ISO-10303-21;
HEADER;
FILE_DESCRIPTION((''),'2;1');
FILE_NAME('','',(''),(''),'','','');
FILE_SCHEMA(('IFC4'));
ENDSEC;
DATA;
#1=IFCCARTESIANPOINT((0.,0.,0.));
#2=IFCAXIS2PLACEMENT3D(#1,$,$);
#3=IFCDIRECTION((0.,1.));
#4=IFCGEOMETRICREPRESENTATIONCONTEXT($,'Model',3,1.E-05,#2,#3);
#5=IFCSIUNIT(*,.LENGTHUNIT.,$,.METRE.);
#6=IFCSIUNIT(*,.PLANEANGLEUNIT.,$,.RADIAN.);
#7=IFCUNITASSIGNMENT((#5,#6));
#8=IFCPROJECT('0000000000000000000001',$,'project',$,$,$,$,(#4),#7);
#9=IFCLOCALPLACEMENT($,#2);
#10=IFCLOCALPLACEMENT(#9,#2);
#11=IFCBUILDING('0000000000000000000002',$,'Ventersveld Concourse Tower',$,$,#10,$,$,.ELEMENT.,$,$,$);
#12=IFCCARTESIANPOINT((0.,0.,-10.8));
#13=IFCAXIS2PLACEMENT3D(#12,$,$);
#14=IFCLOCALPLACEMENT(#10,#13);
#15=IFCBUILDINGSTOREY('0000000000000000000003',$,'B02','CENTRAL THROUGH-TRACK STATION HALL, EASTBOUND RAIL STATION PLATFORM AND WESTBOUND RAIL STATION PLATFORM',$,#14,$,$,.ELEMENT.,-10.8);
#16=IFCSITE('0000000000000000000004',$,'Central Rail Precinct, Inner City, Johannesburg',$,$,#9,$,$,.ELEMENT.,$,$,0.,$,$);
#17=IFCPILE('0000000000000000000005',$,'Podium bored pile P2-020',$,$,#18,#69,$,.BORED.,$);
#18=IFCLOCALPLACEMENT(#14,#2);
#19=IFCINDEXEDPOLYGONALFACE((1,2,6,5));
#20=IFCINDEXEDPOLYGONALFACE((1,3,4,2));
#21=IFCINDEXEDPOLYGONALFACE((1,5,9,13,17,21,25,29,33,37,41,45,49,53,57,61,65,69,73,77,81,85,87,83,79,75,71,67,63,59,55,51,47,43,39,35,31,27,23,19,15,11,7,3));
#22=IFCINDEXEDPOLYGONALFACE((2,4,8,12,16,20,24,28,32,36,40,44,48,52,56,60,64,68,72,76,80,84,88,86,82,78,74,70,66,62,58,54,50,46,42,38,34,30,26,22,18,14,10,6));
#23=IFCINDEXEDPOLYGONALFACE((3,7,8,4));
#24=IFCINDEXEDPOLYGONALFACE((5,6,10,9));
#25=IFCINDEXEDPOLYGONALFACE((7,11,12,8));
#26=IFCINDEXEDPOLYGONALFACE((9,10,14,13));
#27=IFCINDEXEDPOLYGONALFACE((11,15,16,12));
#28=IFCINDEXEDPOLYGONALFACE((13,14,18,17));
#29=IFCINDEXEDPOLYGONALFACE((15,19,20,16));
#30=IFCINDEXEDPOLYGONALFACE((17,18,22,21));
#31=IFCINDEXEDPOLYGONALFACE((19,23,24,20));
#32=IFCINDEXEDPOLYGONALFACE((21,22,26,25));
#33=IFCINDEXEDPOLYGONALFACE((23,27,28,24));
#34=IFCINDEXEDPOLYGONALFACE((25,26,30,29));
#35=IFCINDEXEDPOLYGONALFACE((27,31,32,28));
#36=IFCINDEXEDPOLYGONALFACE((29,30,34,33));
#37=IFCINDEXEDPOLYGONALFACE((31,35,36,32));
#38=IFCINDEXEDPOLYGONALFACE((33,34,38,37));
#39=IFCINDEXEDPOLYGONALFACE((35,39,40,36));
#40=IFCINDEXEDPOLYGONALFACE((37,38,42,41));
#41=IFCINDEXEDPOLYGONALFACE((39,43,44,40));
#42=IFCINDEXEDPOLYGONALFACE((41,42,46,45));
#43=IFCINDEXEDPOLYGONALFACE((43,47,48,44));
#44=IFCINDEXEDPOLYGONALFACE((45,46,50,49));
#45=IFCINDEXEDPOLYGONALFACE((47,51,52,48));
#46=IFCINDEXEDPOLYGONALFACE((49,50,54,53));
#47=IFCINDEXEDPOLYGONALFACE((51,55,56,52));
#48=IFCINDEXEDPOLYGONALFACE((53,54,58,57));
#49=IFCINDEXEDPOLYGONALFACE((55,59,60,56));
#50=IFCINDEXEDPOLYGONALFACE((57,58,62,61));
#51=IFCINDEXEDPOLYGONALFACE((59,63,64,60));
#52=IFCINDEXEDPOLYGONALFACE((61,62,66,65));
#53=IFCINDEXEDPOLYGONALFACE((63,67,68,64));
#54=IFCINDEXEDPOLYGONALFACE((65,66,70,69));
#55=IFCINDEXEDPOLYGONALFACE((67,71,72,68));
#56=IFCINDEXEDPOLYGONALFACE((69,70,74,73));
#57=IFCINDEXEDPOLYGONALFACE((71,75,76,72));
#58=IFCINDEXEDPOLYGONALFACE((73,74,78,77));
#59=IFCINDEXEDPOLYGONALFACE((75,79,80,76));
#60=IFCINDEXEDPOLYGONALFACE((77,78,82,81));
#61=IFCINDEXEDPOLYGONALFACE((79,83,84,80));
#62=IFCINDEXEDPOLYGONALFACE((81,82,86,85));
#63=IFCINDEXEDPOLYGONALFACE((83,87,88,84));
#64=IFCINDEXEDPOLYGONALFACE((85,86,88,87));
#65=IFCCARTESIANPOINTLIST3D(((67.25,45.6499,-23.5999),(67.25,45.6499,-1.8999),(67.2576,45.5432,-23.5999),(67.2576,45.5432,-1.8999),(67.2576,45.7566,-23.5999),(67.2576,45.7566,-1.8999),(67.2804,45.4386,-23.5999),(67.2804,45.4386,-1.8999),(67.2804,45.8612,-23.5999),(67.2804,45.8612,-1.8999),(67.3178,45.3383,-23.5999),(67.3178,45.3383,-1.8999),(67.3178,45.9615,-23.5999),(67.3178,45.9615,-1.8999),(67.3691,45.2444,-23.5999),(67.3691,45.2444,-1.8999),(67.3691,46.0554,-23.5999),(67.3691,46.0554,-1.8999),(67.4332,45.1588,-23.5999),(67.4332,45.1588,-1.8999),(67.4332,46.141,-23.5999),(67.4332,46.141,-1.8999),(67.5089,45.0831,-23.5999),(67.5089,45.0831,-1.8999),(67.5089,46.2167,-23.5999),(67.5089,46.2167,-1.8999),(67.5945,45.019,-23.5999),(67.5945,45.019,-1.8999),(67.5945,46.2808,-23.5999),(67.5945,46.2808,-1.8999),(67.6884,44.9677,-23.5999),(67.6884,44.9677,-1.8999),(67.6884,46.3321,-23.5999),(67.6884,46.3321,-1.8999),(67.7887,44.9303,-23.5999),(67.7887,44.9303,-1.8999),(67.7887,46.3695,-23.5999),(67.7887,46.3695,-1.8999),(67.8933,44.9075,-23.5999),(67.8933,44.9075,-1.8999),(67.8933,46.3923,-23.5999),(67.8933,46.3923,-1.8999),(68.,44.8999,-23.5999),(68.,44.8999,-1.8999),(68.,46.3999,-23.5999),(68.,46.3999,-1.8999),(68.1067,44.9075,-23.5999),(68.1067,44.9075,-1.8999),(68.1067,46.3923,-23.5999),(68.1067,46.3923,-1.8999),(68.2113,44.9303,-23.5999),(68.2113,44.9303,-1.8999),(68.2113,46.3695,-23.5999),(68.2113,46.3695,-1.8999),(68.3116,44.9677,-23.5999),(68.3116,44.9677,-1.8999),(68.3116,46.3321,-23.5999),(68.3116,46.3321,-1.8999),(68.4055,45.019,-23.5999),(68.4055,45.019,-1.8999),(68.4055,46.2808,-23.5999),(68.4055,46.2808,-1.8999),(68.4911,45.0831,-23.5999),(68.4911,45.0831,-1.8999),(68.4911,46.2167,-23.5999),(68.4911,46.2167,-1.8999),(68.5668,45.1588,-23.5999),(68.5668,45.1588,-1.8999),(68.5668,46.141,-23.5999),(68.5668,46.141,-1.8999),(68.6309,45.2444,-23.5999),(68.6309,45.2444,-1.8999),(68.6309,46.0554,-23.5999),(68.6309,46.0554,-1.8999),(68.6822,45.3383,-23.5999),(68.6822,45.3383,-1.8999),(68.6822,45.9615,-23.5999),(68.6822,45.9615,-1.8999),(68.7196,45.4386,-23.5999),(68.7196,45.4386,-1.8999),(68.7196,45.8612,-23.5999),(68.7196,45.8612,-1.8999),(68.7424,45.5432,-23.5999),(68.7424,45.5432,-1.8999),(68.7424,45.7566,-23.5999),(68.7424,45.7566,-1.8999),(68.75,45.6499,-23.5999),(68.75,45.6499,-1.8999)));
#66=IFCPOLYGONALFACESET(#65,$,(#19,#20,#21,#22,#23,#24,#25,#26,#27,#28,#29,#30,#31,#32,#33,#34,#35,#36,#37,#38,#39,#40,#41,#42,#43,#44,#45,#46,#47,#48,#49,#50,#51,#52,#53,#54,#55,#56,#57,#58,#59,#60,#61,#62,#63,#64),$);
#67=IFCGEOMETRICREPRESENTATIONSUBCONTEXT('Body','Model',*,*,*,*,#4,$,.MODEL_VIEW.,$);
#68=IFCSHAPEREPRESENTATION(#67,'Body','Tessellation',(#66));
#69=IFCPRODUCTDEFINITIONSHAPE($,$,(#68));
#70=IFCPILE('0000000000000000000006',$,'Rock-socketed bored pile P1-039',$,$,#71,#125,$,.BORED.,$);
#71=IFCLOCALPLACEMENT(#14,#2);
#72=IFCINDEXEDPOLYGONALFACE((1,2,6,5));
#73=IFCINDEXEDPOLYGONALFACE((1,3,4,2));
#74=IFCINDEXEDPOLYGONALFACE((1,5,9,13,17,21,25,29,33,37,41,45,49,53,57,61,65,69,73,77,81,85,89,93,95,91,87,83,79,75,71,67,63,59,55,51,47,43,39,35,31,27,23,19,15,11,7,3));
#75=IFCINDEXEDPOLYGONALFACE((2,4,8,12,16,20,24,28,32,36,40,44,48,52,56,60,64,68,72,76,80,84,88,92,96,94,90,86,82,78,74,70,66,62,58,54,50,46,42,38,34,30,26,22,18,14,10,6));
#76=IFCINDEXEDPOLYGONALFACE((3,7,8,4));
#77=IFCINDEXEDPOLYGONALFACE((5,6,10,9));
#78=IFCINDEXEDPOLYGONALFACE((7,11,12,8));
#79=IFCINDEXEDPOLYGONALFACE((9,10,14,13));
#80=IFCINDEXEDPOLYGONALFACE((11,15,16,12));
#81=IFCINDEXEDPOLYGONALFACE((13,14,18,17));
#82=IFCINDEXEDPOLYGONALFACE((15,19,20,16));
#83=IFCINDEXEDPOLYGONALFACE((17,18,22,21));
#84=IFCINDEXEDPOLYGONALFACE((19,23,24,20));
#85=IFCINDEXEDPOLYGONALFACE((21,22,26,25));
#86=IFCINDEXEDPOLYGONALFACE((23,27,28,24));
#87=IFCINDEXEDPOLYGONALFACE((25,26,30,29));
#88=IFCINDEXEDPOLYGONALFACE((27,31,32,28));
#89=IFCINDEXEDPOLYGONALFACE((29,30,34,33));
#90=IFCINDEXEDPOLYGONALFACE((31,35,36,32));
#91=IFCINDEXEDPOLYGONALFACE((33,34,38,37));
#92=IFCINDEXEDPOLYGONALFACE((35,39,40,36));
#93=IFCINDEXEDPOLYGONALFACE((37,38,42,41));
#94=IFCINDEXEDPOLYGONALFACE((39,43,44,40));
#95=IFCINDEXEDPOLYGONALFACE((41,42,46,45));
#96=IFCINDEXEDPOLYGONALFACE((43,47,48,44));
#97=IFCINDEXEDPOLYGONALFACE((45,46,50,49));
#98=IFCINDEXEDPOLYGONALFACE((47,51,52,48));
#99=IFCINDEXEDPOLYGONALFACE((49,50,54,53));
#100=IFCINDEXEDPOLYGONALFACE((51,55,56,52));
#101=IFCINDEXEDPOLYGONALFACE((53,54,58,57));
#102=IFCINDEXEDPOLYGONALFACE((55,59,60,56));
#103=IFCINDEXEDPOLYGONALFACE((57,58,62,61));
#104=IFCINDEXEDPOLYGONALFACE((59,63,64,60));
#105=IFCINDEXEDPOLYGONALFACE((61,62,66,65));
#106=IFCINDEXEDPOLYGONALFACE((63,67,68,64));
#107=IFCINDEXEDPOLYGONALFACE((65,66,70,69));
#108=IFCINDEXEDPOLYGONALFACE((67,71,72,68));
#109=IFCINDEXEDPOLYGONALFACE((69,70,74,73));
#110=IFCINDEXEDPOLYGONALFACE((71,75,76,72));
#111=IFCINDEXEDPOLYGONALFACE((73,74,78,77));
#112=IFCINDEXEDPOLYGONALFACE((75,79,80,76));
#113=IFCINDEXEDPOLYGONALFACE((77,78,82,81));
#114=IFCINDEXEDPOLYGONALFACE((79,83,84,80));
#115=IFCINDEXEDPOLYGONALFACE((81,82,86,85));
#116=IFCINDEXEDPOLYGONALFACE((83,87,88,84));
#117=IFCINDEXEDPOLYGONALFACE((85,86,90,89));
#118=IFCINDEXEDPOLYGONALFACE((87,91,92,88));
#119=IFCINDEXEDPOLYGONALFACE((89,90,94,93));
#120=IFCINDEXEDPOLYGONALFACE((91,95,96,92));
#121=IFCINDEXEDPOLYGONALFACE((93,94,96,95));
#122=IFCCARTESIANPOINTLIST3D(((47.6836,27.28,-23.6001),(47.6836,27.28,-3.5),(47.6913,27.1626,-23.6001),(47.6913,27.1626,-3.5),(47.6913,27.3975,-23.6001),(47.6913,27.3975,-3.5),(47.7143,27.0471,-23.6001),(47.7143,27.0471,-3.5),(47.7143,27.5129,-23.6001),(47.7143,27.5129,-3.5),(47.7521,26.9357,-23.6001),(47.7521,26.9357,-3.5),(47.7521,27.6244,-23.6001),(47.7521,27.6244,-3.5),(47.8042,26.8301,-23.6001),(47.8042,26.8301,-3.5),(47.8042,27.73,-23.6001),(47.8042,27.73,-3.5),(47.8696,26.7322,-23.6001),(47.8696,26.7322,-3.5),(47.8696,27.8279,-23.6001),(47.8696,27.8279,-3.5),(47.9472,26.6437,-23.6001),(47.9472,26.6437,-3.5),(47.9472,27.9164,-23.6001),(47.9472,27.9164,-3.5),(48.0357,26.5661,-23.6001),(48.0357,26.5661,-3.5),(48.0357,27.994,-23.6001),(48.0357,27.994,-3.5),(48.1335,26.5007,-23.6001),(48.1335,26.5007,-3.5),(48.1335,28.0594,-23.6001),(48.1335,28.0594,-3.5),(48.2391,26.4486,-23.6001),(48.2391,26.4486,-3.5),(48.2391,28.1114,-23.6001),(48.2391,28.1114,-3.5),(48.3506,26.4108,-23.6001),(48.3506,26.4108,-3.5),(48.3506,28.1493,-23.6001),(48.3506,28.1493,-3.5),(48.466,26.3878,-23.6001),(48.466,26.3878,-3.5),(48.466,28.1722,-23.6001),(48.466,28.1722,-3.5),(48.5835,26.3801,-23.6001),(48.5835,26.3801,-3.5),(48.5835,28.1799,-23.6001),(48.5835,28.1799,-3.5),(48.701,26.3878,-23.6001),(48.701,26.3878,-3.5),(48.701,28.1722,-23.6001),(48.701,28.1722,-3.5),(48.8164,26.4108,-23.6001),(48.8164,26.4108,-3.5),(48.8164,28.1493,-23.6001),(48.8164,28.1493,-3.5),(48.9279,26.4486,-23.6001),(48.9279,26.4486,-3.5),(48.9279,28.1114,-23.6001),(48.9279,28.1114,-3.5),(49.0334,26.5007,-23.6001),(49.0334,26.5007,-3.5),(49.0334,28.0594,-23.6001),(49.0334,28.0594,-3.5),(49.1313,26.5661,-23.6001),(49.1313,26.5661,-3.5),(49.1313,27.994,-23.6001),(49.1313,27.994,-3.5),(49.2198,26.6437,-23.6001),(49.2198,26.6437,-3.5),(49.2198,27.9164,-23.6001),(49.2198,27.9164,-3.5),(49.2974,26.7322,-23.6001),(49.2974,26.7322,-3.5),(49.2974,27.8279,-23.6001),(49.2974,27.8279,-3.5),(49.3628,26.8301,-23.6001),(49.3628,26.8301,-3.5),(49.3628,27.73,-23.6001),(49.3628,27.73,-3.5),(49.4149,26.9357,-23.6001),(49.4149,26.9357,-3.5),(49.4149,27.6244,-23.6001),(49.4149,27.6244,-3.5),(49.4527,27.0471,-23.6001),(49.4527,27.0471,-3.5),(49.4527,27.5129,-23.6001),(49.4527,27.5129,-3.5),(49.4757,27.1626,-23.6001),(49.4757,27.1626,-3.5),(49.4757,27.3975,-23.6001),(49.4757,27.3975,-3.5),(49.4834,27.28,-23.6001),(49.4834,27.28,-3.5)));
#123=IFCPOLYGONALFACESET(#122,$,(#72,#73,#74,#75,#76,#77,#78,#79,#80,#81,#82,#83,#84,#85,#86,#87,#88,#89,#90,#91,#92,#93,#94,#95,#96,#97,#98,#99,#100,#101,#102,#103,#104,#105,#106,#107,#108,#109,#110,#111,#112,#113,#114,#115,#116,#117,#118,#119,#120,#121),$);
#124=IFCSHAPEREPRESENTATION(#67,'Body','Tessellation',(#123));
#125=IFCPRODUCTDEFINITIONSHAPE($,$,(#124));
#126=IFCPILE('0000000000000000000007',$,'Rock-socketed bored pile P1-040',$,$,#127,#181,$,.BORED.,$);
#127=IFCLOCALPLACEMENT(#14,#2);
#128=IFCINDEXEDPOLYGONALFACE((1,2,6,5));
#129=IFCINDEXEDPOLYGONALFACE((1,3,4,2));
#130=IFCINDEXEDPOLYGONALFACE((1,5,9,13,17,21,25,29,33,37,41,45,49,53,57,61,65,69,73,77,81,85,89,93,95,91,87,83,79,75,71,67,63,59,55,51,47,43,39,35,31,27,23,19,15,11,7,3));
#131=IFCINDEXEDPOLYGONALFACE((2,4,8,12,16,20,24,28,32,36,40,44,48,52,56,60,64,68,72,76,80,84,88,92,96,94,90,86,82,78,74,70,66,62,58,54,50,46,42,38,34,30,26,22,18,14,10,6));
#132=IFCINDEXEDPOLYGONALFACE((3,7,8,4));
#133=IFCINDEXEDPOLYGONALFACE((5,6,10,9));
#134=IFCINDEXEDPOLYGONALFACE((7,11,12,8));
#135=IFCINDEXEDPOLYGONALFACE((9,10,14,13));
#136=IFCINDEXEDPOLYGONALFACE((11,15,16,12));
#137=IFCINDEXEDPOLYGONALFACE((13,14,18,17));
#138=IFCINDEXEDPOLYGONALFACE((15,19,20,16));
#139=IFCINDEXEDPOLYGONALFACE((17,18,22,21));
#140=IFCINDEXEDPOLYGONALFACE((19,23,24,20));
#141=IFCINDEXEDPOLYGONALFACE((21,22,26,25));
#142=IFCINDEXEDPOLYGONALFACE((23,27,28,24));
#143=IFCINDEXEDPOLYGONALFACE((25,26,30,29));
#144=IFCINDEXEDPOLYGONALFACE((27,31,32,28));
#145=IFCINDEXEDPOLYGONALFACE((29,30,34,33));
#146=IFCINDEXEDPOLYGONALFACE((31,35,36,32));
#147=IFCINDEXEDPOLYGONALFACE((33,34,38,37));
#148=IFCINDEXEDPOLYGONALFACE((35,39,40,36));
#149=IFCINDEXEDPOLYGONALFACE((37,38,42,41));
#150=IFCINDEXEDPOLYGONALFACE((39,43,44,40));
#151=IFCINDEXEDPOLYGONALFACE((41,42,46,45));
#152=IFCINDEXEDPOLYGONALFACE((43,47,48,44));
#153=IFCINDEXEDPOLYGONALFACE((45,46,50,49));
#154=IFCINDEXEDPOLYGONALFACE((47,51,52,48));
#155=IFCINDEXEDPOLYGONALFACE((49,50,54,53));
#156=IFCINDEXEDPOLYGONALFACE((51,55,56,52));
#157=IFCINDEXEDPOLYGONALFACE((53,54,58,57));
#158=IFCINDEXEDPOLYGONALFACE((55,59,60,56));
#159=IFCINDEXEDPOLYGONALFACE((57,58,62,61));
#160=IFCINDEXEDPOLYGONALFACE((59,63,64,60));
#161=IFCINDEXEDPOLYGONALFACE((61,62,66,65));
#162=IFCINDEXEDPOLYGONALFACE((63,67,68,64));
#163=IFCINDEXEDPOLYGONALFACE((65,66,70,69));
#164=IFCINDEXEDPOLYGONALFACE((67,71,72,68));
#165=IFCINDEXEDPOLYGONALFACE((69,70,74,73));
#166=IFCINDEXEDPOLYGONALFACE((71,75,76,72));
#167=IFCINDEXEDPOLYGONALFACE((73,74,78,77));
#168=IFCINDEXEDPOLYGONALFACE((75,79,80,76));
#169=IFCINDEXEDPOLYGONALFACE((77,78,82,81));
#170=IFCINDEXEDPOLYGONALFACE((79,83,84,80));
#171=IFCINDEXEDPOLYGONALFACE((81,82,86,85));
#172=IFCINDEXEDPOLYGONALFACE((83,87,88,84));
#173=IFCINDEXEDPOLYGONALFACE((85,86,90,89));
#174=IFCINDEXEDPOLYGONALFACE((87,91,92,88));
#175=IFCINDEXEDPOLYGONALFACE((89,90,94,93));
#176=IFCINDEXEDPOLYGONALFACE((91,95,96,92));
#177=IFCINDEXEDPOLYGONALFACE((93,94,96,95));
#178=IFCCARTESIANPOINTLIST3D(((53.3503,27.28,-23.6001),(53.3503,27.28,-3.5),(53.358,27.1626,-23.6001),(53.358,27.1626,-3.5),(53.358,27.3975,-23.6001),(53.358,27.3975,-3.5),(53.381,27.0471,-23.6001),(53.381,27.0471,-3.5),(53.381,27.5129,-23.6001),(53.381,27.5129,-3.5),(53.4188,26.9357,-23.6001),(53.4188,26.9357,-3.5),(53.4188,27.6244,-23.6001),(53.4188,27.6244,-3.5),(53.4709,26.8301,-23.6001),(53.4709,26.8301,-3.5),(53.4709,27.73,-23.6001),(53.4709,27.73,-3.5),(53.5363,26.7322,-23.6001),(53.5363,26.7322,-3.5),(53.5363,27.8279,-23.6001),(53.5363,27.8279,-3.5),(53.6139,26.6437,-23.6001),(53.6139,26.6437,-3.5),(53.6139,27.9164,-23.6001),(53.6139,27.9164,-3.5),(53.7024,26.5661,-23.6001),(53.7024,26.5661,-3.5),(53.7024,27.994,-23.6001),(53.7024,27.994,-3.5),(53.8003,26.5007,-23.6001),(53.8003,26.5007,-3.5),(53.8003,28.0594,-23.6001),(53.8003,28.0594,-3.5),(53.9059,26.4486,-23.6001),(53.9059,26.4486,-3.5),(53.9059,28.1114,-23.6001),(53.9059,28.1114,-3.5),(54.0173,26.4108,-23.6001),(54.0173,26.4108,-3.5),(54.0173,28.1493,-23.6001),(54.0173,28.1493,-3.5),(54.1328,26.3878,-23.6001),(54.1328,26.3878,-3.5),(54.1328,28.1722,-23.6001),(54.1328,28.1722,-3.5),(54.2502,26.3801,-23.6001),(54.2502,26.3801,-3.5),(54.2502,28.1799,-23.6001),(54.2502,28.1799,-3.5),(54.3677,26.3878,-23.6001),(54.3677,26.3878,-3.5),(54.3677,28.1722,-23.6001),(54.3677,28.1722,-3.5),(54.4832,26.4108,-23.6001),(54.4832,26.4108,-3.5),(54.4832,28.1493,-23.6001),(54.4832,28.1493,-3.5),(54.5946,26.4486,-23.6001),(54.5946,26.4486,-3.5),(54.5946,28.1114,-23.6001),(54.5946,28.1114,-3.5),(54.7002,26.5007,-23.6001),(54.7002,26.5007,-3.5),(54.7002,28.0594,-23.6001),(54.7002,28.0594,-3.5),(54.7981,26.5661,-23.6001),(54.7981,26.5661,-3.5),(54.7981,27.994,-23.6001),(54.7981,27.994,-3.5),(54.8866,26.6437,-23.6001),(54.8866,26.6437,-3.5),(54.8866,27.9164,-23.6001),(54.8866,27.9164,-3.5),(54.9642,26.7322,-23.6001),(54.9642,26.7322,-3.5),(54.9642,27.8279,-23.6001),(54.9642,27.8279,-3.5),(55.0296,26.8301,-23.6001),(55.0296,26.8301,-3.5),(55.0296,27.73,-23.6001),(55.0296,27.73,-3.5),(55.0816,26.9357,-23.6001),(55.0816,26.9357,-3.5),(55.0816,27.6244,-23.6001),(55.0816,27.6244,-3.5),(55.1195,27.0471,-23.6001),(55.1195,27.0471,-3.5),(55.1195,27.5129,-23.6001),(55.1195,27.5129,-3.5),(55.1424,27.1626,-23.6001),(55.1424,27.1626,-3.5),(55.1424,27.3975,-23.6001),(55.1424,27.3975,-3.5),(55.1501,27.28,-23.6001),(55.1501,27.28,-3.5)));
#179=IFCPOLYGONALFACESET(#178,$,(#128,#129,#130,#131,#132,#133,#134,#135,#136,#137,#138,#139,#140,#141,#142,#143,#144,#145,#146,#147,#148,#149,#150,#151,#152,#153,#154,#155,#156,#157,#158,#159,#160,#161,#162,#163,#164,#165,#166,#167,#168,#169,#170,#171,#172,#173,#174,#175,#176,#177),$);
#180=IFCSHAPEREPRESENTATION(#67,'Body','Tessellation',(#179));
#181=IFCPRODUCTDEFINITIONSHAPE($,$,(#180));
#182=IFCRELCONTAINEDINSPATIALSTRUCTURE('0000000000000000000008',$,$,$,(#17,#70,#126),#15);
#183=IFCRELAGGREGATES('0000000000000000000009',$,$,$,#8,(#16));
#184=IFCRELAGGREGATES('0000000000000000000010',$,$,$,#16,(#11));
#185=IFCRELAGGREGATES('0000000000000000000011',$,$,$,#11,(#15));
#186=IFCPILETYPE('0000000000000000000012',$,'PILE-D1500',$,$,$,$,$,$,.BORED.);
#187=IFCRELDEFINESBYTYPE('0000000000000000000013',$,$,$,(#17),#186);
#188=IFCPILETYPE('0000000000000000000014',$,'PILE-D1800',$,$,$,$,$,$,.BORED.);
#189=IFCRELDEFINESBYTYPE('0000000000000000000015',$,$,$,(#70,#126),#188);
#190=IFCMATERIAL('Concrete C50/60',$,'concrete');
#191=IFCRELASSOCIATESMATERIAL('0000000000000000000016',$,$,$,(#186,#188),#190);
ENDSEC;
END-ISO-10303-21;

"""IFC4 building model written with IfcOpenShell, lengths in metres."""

from ifc_helpers import new_model, si_unit, direction, frame, origin, origin_2d, place, context, subcontext, project, spatial, circle, extrude, material, material_profile, profile_set, type_object, element, save


model = new_model("IFC4")

# Units and contexts
model_context = context("Model", 3, precision=1e-05, world=origin(), true_north=direction((0.0, 1.0)))
body_context = subcontext(model_context, "Body", "Model", "MODEL_VIEW")
ifc_project = project(units=[si_unit("LENGTHUNIT", "METRE"), si_unit("PLANEANGLEUNIT", "RADIAN")], contexts=[model_context])

# Site, building, storey
site_placement = place(None, origin())
site = spatial("IfcSite", under=ifc_project, at=site_placement, Name="Central Rail Precinct, Inner City, Johannesburg", CompositionType="ELEMENT", RefElevation=0.0)
building_placement = place(site_placement, origin())
building = spatial("IfcBuilding", under=site, at=building_placement, Name="Ventersveld Concourse Tower", CompositionType="ELEMENT")
storey_placement = place(building_placement, frame((0.0, 0.0, -10.8)))
storey = spatial("IfcBuildingStorey", under=building, at=storey_placement, Name="B02", Description="CENTRAL THROUGH-TRACK STATION HALL, EASTBOUND RAIL STATION PLATFORM AND WESTBOUND RAIL STATION PLATFORM", CompositionType="ELEMENT", Elevation=-10.8)

# Shared definitions
ifc_material_1 = material(Name="Concrete C50/60", Category="concrete")

# Piles
ifc_material_profile_1 = material_profile(ifc_material_1, circle(Radius=0.75, at=origin_2d()), Name="PILE D1500")
ifc_profile_set_1 = profile_set([ifc_material_profile_1], Name="Concrete C50/60")
pile_type_1 = type_object("IfcPileType", Name="PILE-D1500", PredefinedType="BORED", material=ifc_profile_set_1)
for number, where, z_axis, x_axis, name in (
    (1, (68.0, 45.6499, -1.8999), (0.0, 0.0, -1.0), (1.0, 0.0, 0.0), "Podium bored pile P2-020"),
):
    element("IfcPile", number, at=place(storey_placement, frame(where, z_axis=z_axis, x_axis=x_axis)), inside=storey, type_object=pile_type_1, Name=name, PredefinedType="BORED", context=body_context, shape_type="SweptSolid", body=[
        extrude(circle(Radius=0.75, at=origin_2d()), origin(), (0.0, 0.0, 1.0), 21.7),
    ])
ifc_material_profile_2 = material_profile(ifc_material_1, circle(Radius=0.8999, at=origin_2d()), Name="PILE D1800")
ifc_profile_set_2 = profile_set([ifc_material_profile_2], Name="Concrete C50/60")
pile_type_2 = type_object("IfcPileType", Name="PILE-D1800", PredefinedType="BORED", material=ifc_profile_set_2)
for number, where, z_axis, x_axis, name in (
    (2, (48.5835, 27.28, -3.5), (0.0, 0.0, -1.0), (1.0, 0.0, 0.0), "Rock-socketed bored pile P1-039"),
    (3, (54.2502, 27.28, -3.5), (0.0, 0.0, -1.0), (1.0, 0.0, 0.0), "Rock-socketed bored pile P1-040"),
):
    element("IfcPile", number, at=place(storey_placement, frame(where, z_axis=z_axis, x_axis=x_axis)), inside=storey, type_object=pile_type_2, Name=name, PredefinedType="BORED", context=body_context, shape_type="SweptSolid", body=[
        extrude(circle(Radius=0.8999, at=origin_2d()), origin(), (0.0, 0.0, 1.0), 20.1001),
    ])

save(model, "model.ifc")
